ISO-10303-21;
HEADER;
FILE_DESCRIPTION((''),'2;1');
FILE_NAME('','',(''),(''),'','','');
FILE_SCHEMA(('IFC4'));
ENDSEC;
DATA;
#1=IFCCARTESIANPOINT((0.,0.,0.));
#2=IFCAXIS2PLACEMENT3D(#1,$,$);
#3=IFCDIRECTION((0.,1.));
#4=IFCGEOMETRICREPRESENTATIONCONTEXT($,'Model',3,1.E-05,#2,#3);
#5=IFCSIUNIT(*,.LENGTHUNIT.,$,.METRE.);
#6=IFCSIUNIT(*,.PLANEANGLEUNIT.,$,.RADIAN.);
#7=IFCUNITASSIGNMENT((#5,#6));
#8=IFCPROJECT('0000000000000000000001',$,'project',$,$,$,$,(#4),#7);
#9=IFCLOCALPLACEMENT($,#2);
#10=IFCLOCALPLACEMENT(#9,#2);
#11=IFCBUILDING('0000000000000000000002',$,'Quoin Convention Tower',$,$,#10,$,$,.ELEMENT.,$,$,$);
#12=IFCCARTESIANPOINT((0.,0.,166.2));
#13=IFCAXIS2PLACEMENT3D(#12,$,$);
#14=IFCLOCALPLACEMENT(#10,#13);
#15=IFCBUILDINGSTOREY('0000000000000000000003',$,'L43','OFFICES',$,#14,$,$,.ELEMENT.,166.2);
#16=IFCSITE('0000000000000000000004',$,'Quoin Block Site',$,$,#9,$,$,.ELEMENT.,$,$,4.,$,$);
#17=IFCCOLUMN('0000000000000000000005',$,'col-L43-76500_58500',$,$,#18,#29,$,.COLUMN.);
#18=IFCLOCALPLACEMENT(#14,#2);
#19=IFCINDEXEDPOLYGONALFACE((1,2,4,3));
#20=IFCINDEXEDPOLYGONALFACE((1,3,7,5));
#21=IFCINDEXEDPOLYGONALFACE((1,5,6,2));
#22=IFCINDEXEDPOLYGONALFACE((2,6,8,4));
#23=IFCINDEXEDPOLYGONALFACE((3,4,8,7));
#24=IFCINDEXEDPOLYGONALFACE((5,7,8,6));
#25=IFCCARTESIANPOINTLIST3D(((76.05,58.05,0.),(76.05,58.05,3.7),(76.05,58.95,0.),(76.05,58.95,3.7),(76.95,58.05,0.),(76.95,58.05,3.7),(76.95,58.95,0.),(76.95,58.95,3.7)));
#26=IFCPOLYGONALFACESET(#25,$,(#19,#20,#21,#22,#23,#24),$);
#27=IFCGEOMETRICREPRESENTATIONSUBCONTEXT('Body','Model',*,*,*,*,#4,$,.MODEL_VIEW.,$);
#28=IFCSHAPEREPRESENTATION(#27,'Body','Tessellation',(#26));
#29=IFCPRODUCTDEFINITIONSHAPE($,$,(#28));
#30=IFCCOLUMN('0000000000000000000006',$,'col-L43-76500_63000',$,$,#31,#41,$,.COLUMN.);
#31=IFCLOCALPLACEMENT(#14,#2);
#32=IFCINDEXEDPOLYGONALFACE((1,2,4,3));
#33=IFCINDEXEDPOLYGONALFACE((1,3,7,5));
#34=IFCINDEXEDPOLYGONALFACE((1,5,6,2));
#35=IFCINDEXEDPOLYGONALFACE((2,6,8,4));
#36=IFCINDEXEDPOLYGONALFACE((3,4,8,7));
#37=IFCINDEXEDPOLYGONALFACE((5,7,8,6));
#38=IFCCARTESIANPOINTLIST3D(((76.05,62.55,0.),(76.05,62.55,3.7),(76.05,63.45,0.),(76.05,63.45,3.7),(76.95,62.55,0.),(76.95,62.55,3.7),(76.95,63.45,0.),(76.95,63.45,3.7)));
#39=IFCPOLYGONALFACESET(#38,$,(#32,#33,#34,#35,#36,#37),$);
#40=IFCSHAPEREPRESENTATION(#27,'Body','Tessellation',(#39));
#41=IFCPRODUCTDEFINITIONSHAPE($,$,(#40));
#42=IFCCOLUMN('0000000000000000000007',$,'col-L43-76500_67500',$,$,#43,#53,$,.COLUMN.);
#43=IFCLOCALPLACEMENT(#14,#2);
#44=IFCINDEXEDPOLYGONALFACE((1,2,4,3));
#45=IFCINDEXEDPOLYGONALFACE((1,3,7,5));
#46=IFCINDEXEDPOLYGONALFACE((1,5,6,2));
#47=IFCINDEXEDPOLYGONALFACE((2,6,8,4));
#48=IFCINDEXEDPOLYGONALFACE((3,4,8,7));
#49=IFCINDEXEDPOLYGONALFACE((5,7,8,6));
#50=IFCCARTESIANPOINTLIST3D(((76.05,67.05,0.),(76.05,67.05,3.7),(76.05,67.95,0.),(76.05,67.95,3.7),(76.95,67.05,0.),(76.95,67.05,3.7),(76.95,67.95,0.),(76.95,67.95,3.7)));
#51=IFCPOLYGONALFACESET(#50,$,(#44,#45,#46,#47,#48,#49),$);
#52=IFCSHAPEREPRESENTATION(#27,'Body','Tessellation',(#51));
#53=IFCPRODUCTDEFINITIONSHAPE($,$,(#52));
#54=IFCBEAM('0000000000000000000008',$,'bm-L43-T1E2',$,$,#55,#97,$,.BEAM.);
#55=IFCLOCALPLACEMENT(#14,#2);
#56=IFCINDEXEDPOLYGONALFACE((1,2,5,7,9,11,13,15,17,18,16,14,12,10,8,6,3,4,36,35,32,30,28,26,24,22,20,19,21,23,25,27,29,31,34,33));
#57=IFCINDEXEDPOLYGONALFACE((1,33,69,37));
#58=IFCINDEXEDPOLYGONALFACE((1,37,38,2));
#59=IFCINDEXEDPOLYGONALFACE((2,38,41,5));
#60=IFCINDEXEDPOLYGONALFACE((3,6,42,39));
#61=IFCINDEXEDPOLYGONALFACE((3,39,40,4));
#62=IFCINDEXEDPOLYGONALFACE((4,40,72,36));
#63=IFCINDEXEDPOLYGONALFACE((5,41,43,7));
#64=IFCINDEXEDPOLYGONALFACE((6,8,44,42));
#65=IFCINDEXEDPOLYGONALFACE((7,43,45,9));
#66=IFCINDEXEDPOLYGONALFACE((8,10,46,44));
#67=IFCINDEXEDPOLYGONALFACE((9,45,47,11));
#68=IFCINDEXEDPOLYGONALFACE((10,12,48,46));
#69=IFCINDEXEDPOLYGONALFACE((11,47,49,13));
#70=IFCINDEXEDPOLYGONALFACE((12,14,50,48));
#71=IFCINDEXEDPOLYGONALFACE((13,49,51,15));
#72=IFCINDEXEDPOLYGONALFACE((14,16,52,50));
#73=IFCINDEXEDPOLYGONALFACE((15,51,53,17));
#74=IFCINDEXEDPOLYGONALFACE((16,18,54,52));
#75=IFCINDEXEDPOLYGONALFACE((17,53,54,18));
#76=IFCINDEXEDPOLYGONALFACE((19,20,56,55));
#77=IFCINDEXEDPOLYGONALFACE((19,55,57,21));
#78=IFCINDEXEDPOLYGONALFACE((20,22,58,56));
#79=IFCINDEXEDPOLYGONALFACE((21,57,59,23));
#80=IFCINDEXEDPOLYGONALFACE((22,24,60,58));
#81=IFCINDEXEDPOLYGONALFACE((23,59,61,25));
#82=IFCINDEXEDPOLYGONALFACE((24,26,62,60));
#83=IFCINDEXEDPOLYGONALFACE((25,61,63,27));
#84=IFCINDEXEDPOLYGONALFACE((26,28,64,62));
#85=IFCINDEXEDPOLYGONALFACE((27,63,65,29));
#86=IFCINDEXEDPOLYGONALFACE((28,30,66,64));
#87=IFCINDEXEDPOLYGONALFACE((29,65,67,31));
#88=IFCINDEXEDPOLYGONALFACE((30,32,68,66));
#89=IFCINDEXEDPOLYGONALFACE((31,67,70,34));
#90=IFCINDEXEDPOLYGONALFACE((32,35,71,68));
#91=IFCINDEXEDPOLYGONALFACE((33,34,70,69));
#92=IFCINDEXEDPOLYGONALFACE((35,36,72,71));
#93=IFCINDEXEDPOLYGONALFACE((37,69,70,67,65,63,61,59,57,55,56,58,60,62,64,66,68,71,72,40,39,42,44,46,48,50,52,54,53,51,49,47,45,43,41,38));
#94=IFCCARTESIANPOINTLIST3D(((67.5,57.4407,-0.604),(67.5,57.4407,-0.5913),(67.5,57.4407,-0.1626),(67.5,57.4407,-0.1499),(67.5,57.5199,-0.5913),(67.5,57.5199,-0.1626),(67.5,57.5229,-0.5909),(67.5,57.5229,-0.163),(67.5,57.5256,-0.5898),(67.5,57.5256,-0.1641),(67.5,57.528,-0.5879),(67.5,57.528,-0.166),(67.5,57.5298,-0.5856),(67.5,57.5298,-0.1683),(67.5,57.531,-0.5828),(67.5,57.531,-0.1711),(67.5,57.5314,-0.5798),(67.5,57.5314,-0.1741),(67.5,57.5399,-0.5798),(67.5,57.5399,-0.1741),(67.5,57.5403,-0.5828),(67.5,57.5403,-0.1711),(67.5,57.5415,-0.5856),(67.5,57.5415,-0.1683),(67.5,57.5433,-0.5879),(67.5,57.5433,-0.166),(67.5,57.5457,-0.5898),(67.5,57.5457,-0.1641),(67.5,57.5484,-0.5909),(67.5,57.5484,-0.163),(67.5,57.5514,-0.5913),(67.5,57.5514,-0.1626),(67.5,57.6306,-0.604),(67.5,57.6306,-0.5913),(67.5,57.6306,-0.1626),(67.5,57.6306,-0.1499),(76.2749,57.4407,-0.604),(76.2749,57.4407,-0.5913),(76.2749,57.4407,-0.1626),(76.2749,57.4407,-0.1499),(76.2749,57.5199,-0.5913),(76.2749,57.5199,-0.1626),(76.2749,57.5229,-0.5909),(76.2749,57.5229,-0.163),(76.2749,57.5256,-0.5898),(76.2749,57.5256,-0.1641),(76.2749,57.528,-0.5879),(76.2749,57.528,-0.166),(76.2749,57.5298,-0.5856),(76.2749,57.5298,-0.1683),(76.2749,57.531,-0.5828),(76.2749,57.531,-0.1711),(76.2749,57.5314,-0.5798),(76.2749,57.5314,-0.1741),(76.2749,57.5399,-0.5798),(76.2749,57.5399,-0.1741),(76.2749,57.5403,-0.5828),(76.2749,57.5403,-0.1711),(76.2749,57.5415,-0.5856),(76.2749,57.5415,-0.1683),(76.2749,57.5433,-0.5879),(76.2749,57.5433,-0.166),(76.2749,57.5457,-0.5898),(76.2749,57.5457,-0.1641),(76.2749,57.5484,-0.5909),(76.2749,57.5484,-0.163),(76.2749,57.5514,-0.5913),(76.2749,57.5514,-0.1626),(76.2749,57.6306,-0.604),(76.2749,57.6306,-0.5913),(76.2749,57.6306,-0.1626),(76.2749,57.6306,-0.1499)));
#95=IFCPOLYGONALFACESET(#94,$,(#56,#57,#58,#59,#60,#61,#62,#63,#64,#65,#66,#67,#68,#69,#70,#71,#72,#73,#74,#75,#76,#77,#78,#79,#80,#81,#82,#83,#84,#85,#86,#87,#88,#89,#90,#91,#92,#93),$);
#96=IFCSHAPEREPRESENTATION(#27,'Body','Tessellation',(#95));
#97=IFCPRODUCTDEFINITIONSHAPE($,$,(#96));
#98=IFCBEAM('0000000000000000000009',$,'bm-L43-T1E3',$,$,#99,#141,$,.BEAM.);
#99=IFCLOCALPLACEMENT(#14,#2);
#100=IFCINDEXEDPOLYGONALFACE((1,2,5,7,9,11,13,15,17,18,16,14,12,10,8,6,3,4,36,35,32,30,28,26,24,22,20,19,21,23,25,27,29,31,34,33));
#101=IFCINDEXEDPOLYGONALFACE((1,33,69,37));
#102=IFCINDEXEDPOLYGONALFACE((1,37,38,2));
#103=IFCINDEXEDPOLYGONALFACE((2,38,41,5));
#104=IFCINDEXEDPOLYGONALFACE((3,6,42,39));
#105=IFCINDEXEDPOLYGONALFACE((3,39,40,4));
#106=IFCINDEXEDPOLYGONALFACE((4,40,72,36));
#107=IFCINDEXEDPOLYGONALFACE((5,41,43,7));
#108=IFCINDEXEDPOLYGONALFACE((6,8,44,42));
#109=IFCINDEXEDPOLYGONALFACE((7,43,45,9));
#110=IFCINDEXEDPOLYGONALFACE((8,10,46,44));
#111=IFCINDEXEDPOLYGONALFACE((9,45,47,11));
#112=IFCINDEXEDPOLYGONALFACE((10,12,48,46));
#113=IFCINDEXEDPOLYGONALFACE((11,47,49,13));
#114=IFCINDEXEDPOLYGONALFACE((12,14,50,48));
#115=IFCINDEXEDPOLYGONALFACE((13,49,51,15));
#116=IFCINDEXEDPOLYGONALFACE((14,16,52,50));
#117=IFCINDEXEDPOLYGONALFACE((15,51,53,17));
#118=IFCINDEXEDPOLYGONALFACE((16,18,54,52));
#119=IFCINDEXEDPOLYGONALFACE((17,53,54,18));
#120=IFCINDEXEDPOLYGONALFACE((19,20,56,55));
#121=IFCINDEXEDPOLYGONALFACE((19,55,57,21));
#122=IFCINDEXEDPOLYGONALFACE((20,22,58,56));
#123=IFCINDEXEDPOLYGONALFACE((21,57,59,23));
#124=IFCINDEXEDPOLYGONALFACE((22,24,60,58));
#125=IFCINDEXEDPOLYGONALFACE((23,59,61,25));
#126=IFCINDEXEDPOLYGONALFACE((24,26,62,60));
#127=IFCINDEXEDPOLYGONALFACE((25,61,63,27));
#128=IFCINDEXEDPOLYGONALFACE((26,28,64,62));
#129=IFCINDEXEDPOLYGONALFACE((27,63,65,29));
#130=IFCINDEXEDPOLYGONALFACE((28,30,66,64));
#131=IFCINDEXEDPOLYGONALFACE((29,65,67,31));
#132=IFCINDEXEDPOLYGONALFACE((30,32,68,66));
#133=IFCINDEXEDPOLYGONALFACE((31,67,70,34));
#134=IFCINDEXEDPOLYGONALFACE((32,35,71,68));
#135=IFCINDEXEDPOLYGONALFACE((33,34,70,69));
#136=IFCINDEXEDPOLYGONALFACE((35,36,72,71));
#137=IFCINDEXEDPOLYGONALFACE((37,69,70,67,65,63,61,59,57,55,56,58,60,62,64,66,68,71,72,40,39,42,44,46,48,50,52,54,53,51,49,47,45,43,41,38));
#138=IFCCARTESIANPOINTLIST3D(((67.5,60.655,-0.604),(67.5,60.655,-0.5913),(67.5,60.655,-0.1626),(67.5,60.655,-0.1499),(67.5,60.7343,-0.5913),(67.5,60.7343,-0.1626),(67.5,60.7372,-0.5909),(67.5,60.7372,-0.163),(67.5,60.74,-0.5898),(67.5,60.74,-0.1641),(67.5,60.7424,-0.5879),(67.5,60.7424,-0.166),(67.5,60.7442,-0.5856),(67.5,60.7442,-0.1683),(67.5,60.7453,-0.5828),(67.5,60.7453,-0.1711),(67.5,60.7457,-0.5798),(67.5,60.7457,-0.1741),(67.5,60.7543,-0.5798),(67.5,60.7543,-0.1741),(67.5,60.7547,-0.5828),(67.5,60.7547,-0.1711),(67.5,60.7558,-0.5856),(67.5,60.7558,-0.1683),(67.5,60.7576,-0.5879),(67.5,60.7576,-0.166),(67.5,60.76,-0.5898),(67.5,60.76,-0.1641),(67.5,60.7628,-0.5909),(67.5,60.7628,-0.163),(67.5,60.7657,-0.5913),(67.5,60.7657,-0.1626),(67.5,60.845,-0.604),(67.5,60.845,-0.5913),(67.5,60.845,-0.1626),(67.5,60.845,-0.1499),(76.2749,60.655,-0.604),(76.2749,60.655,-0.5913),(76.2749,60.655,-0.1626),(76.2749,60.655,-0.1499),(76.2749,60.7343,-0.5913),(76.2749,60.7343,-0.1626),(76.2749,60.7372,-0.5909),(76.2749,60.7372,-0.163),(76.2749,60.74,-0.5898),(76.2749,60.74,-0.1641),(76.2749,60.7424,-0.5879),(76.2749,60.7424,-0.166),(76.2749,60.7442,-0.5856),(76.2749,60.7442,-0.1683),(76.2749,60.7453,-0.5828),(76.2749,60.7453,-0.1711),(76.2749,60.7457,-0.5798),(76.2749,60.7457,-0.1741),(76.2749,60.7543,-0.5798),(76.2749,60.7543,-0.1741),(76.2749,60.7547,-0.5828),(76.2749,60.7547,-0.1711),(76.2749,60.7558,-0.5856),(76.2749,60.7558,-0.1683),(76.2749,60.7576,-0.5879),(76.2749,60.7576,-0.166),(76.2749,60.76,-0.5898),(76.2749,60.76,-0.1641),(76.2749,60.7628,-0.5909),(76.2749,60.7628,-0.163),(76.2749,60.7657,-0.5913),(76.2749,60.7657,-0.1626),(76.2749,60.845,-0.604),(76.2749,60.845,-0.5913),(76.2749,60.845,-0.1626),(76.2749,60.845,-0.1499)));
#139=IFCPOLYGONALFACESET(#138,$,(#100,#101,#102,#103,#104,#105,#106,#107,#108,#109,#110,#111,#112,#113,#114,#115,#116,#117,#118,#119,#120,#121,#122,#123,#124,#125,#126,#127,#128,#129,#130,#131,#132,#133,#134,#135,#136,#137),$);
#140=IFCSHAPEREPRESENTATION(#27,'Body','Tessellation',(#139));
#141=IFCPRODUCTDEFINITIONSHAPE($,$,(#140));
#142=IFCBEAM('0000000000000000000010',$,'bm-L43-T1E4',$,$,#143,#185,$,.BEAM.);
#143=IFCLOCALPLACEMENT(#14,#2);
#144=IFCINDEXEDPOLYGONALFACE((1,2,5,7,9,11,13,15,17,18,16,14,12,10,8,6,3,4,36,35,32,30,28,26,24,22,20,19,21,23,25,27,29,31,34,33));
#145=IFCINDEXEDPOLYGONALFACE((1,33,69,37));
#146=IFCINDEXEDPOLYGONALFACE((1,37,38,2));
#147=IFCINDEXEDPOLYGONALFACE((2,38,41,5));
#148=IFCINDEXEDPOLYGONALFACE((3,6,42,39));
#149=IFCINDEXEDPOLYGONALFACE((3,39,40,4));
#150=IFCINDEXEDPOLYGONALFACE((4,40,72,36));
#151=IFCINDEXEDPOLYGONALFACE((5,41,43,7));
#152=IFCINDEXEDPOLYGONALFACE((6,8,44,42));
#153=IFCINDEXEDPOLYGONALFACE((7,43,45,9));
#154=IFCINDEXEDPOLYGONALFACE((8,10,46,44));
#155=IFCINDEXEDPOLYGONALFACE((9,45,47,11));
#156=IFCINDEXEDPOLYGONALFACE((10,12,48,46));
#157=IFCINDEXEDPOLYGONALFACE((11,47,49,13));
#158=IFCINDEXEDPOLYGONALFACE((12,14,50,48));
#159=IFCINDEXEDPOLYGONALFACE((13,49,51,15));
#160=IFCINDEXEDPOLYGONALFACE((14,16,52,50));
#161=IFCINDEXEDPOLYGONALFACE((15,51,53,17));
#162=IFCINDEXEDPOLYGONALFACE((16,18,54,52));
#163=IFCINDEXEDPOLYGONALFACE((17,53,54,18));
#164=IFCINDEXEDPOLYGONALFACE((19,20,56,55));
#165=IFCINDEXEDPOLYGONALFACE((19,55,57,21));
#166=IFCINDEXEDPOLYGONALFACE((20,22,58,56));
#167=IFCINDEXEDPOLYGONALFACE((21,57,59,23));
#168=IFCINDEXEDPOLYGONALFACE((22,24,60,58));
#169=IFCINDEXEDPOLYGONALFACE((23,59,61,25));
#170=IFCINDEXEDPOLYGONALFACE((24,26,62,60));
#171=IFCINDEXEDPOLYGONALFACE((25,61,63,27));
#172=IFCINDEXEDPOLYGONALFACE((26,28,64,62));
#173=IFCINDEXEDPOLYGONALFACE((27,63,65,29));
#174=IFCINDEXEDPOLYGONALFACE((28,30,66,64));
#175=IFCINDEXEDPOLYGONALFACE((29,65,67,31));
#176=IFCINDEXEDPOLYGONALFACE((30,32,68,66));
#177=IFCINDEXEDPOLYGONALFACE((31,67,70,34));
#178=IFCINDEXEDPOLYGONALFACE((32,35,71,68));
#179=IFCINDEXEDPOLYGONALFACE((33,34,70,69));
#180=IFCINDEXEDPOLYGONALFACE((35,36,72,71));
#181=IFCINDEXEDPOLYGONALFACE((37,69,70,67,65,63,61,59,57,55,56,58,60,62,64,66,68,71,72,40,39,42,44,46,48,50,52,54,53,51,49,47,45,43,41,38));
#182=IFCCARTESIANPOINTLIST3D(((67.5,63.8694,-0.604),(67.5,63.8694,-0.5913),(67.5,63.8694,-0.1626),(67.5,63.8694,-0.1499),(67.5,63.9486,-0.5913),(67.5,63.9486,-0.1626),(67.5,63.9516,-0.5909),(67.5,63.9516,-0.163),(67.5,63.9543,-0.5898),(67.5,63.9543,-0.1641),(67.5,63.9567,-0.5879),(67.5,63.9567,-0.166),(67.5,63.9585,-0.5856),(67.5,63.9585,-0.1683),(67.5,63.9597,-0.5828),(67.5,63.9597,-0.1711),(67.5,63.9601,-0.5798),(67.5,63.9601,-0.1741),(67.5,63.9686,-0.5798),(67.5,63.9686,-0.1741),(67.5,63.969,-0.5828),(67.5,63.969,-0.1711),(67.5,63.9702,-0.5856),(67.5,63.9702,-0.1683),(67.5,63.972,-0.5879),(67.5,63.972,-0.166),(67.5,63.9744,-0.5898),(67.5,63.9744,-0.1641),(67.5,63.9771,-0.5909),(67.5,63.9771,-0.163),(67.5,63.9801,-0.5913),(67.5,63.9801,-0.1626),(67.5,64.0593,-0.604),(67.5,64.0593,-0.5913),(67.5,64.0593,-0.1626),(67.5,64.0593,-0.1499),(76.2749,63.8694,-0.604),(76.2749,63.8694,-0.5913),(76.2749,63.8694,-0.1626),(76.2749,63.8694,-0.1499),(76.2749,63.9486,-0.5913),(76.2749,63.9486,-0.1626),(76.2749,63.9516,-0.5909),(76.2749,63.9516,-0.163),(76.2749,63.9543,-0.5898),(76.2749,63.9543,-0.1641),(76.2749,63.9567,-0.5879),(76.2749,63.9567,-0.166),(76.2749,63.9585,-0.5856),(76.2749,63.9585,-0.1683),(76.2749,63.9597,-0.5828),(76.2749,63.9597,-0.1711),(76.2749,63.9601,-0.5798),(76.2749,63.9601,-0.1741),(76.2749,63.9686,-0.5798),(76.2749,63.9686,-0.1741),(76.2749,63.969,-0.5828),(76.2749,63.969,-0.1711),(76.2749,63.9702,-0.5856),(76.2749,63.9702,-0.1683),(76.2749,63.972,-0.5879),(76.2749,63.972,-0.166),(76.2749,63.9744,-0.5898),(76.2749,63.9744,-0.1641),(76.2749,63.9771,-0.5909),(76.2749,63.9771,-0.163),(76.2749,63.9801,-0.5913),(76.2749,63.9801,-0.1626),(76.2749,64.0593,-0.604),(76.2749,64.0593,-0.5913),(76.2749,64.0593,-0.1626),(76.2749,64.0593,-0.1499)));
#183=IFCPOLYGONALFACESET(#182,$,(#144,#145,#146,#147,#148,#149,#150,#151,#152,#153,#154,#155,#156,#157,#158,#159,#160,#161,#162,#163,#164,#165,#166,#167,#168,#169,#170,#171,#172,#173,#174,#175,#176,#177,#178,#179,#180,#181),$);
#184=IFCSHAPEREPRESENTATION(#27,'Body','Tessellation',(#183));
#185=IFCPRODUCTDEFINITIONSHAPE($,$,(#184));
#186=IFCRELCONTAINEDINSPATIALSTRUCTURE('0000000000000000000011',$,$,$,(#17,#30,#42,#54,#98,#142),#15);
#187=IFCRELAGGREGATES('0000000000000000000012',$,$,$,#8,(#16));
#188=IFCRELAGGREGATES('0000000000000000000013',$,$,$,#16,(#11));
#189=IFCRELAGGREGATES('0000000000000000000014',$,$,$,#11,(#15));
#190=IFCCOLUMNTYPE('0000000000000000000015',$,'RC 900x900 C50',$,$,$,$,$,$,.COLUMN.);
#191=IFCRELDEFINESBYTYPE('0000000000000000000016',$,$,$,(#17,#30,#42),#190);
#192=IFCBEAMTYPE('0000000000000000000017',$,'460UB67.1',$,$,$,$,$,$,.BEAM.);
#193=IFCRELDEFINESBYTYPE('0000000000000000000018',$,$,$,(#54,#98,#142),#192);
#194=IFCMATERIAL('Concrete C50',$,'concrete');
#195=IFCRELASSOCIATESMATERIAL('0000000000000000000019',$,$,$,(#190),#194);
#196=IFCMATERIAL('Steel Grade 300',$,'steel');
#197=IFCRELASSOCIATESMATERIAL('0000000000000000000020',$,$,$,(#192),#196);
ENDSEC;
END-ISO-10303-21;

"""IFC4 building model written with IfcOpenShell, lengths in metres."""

from ifc_helpers import new_model, si_unit, direction, frame, origin, origin_2d, place, context, subcontext, project, spatial, rectangle, i_section, extrude, material, material_profile, profile_set, type_object, element, save


model = new_model("IFC4")

# Units and contexts
model_context = context("Model", 3, precision=1e-05, world=origin(), true_north=direction((0.0, 1.0)))
body_context = subcontext(model_context, "Body", "Model", "MODEL_VIEW")
ifc_project = project(units=[si_unit("LENGTHUNIT", "METRE"), si_unit("PLANEANGLEUNIT", "RADIAN")], contexts=[model_context])

# Site, building, storey
site_placement = place(None, origin())
site = spatial("IfcSite", under=ifc_project, at=site_placement, Name="Quoin Block Site", CompositionType="ELEMENT", RefElevation=4.0)
building_placement = place(site_placement, origin())
building = spatial("IfcBuilding", under=site, at=building_placement, Name="Quoin Convention Tower", CompositionType="ELEMENT")
storey_placement = place(building_placement, frame((0.0, 0.0, 166.2)))
storey = spatial("IfcBuildingStorey", under=building, at=storey_placement, Name="L43", Description="OFFICES", CompositionType="ELEMENT", Elevation=166.2)

# Columns
ifc_material_1 = material(Name="Concrete C50", Category="concrete")
ifc_material_profile_1 = material_profile(ifc_material_1, rectangle(XDim=0.8999, YDim=0.8999, at=origin_2d()), Name="RC 900x900")
ifc_profile_set_1 = profile_set([ifc_material_profile_1], Name="Concrete C50")
column_type = type_object("IfcColumnType", Name="RC 900x900 C50", PredefinedType="COLUMN", material=ifc_profile_set_1)
for number, where, z_axis, x_axis, name in (
    (1, (76.5, 58.5, 0.0), (0.0, 0.0, 1.0), (1.0, 0.0, 0.0), "col-L43-76500_58500"),
    (2, (76.5, 63.0, 0.0), (0.0, 0.0, 1.0), (1.0, 0.0, 0.0), "col-L43-76500_63000"),
    (3, (76.5, 67.5, 0.0), (0.0, 0.0, 1.0), (1.0, 0.0, 0.0), "col-L43-76500_67500"),
):
    element("IfcColumn", number, at=place(storey_placement, frame(where, z_axis=z_axis, x_axis=x_axis)), inside=storey, type_object=column_type, Name=name, PredefinedType="COLUMN", context=body_context, shape_type="SweptSolid", body=[
        extrude(rectangle(XDim=0.8999, YDim=0.8999, at=origin_2d()), origin(), (0.0, 0.0, 1.0), 3.7),
    ])

# Beams
ifc_material_2 = material(Name="Steel Grade 300", Category="steel")
ifc_material_profile_2 = material_profile(ifc_material_2, i_section(OverallWidth=0.1899, OverallDepth=0.4541, WebThickness=0.0085, FlangeThickness=0.0127, FilletRadius=0.0115, at=origin_2d()), Name="460UB67.1")
ifc_profile_set_2 = profile_set([ifc_material_profile_2], Name="Steel Grade 300")
beam_type_1 = type_object("IfcBeamType", Name="460UB67.1", PredefinedType="BEAM", material=ifc_profile_set_2)
for number, where, z_axis, x_axis, name in (
    (4, (67.5, 57.5356, -0.377), (1.0, 0.0, 0.0), (0.0, 1.0, 0.0), "bm-L43-T1E2"),
    (5, (67.5, 60.75, -0.377), (1.0, 0.0, 0.0), (0.0, 1.0, 0.0), "bm-L43-T1E3"),
    (6, (67.5, 63.9644, -0.377), (1.0, 0.0, 0.0), (0.0, 1.0, 0.0), "bm-L43-T1E4"),
):
    element("IfcBeam", number, at=place(storey_placement, frame(where, z_axis=z_axis, x_axis=x_axis)), inside=storey, type_object=beam_type_1, Name=name, PredefinedType="BEAM", context=body_context, shape_type="SweptSolid", body=[
        extrude(i_section(OverallWidth=0.1899, OverallDepth=0.4541, WebThickness=0.0085, FlangeThickness=0.0127, FilletRadius=0.0115, at=origin_2d()), origin(), (0.0, 0.0, 1.0), 8.7749),
    ])

save(model, "model.ifc")
